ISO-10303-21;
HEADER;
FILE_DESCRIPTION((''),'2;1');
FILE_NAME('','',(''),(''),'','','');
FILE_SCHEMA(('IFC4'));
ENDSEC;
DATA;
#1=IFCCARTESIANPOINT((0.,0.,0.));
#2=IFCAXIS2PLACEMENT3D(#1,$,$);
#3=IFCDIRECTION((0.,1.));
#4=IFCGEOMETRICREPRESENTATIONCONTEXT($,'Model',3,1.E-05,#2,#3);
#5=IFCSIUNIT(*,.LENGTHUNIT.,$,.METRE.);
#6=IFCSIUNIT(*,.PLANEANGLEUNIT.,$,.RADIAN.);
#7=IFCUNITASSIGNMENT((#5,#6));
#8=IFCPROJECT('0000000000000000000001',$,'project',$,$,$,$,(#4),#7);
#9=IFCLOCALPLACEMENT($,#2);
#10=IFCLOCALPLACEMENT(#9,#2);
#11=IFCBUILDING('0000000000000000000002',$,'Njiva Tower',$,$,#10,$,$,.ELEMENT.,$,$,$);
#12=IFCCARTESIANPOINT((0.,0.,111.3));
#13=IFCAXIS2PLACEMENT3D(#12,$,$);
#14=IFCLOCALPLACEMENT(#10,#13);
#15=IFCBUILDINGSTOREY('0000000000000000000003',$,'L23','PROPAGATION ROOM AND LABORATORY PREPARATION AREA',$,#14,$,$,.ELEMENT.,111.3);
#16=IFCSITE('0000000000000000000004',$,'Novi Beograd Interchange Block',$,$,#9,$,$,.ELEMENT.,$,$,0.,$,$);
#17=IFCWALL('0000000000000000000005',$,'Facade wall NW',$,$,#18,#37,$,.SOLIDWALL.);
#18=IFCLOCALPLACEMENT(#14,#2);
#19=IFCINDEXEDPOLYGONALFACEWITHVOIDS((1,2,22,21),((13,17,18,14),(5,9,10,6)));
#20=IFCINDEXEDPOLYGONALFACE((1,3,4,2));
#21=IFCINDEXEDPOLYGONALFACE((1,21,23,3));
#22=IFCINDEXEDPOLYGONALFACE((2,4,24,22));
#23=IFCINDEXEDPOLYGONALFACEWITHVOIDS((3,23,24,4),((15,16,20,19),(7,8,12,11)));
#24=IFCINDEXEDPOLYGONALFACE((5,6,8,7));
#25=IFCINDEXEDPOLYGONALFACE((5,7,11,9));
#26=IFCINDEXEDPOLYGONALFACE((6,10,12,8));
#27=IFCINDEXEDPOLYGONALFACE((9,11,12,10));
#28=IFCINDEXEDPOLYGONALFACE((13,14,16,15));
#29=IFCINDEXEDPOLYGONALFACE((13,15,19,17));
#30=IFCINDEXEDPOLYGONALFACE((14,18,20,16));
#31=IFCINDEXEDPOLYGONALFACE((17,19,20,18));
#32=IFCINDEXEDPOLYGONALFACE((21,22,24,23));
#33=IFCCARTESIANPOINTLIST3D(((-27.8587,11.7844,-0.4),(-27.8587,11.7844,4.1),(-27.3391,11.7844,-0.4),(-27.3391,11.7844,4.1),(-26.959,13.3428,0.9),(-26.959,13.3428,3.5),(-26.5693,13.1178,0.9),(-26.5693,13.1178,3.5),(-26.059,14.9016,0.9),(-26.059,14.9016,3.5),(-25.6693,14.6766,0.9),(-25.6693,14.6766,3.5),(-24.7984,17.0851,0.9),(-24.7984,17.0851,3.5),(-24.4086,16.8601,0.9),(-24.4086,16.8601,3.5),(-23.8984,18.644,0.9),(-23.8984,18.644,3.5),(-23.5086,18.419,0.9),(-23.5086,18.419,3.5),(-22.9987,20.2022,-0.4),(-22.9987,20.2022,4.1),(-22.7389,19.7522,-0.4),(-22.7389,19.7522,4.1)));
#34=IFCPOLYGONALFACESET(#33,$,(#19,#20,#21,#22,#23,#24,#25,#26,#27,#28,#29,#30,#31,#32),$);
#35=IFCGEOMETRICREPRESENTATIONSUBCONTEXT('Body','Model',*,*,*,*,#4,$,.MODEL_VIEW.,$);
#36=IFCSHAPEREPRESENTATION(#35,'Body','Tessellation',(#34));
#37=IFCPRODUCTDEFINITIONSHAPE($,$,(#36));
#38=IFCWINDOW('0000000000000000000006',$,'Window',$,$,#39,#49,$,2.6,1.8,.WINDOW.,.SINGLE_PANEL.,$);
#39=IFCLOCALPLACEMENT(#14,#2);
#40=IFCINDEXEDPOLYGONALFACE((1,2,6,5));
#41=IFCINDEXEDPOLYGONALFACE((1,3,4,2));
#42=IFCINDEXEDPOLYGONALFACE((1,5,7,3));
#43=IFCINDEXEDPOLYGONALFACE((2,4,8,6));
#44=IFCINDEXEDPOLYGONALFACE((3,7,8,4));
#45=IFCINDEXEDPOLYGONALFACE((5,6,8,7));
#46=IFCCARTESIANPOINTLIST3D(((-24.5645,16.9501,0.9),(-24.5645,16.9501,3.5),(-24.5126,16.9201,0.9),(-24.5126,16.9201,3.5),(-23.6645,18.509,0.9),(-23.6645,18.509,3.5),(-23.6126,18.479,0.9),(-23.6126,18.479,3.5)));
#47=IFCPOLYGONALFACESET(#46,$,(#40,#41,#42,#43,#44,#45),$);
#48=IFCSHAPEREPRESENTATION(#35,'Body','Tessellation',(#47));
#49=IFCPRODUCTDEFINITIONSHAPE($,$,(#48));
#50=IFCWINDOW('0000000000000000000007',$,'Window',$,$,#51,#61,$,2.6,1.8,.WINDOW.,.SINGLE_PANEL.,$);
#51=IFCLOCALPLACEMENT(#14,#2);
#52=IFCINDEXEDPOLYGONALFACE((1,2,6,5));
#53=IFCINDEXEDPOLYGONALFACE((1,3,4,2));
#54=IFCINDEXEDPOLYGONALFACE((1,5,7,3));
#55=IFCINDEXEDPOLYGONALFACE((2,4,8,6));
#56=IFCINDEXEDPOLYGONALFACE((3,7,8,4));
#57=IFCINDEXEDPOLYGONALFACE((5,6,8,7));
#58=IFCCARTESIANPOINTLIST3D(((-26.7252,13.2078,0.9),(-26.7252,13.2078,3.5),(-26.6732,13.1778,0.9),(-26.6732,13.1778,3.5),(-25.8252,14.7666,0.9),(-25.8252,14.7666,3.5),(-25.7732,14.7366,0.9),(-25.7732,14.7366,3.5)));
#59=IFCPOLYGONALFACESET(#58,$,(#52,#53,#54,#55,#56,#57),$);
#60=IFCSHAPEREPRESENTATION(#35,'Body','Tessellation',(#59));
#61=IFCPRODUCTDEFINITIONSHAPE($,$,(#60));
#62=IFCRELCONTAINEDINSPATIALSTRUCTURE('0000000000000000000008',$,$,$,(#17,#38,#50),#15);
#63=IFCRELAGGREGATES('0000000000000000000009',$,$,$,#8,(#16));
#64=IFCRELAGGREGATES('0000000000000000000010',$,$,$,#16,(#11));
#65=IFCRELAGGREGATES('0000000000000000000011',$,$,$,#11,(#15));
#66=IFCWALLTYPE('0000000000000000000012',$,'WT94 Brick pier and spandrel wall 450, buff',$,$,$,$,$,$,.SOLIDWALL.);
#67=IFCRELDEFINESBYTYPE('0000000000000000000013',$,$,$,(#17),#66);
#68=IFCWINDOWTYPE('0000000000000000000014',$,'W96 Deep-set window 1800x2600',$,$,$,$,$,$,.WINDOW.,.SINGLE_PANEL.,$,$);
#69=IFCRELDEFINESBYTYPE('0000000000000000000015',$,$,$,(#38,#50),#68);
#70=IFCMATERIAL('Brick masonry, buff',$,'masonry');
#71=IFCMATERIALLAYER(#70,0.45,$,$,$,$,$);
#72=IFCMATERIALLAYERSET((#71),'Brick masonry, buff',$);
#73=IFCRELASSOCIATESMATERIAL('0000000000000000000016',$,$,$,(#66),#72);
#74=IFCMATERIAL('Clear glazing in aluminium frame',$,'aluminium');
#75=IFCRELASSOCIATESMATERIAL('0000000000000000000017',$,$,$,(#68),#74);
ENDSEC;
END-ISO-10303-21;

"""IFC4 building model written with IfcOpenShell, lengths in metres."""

from ifc_helpers import new_model, si_unit, direction, frame, frame_2d, origin, place, context, subcontext, project, spatial, polyline, rectangle, outline, extrude, material, layer, layer_set, type_object, element, fill, save


model = new_model("IFC4")

# Units and contexts
model_context = context("Model", 3, precision=1e-05, world=origin(), true_north=direction((0.0, 1.0)))
body_context = subcontext(model_context, "Body", "Model", "MODEL_VIEW")
ifc_project = project(units=[si_unit("LENGTHUNIT", "METRE"), si_unit("PLANEANGLEUNIT", "RADIAN")], contexts=[model_context])

# Site, building, storey
site_placement = place(None, origin())
site = spatial("IfcSite", under=ifc_project, at=site_placement, Name="Novi Beograd Interchange Block", CompositionType="ELEMENT", RefElevation=0.0)
building_placement = place(site_placement, origin())
building = spatial("IfcBuilding", under=site, at=building_placement, Name="Njiva Tower", CompositionType="ELEMENT")
storey_placement = place(building_placement, frame((0.0, 0.0, 111.3)))
storey = spatial("IfcBuildingStorey", under=building, at=storey_placement, Name="L23", Description="PROPAGATION ROOM AND LABORATORY PREPARATION AREA", CompositionType="ELEMENT", Elevation=111.3)

# Wall, openings, windows
ifc_material_1 = material(Name="Brick masonry, buff", Category="masonry")
ifc_layer_1 = layer(ifc_material_1, 0.45)
ifc_layer_set_1 = layer_set([ifc_layer_1], Name="Brick masonry, buff")
wall_type_1 = type_object("IfcWallType", Name="WT94 Brick pier and spandrel wall 450, buff", PredefinedType="SOLIDWALL", material=ifc_layer_set_1)
wall_1_placement = place(storey_placement, frame((-22.8688, 19.9772, -0.4), z_axis=(0.0, 0.0, 1.0), x_axis=(-0.499999, -0.866026, 0.0)))
wall_1 = element("IfcWall", 1, at=wall_1_placement, inside=storey, type_object=wall_type_1, Name="Facade wall NW", PredefinedType="SOLIDWALL", context=body_context, shape_type="SweptSolid", body=[
    extrude(outline(polyline([(-0.1299, -0.225), (9.5901, -0.225), (9.3303, 0.225), (0.1299, 0.225), (-0.1299, -0.225)])), origin(), (0.0, 0.0, 1.0), 4.5),
])
opening_1_placement = place(wall_1_placement, frame((1.6694, 0.0, 1.3)))
opening_1 = element("IfcOpeningElement", 2, at=opening_1_placement, cuts=wall_1, PredefinedType="OPENING", context=body_context, shape_type="SweptSolid", body=[
    extrude(rectangle(XDim=1.8, YDim=2.6, at=frame_2d((0.9, 1.3))), frame((0.0, 0.235, 0.0), z_axis=(0.0, -1.0, 0.0), x_axis=(1.0, 0.0, 0.0)), (0.0, 0.0, 1.0), 0.47),
])
opening_2_placement = place(wall_1_placement, frame((5.9907, 0.0, 1.3)))
opening_2 = element("IfcOpeningElement", 3, at=opening_2_placement, cuts=wall_1, PredefinedType="OPENING", context=body_context, shape_type="SweptSolid", body=[
    extrude(rectangle(XDim=1.8, YDim=2.6, at=frame_2d((0.9, 1.3))), frame((0.0, 0.235, 0.0), z_axis=(0.0, -1.0, 0.0), x_axis=(1.0, 0.0, 0.0)), (0.0, 0.0, 1.0), 0.47),
])
ifc_material_2 = material(Name="Clear glazing in aluminium frame", Category="aluminium")
window_type = type_object("IfcWindowType", Name="W96 Deep-set window 1800x2600", PartitioningType="SINGLE_PANEL", PredefinedType="WINDOW", material=ifc_material_2)
window_1_placement = place(opening_1_placement, origin())
window_1 = element("IfcWindow", 4, at=window_1_placement, inside=storey, type_object=window_type, Name="Window", OverallHeight=2.6, OverallWidth=1.8, PartitioningType="SINGLE_PANEL", PredefinedType="WINDOW", context=body_context, shape_type="SweptSolid", body=[
    extrude(rectangle(XDim=1.8, YDim=2.6, at=frame_2d((0.9, 1.3))), frame((0.0, 0.105, 0.0), z_axis=(0.0, -1.0, 0.0), x_axis=(1.0, 0.0, 0.0)), (0.0, 0.0, 1.0), 0.06),
])
fill(opening_1, window_1)
window_2_placement = place(opening_2_placement, origin())
window_2 = element("IfcWindow", 5, at=window_2_placement, inside=storey, type_object=window_type, Name="Window", OverallHeight=2.6, OverallWidth=1.8, PartitioningType="SINGLE_PANEL", PredefinedType="WINDOW", context=body_context, shape_type="SweptSolid", body=[
    extrude(rectangle(XDim=1.8, YDim=2.6, at=frame_2d((0.9, 1.3))), frame((0.0, 0.105, 0.0), z_axis=(0.0, -1.0, 0.0), x_axis=(1.0, 0.0, 0.0)), (0.0, 0.0, 1.0), 0.06),
])
fill(opening_2, window_2)

save(model, "model.ifc")
